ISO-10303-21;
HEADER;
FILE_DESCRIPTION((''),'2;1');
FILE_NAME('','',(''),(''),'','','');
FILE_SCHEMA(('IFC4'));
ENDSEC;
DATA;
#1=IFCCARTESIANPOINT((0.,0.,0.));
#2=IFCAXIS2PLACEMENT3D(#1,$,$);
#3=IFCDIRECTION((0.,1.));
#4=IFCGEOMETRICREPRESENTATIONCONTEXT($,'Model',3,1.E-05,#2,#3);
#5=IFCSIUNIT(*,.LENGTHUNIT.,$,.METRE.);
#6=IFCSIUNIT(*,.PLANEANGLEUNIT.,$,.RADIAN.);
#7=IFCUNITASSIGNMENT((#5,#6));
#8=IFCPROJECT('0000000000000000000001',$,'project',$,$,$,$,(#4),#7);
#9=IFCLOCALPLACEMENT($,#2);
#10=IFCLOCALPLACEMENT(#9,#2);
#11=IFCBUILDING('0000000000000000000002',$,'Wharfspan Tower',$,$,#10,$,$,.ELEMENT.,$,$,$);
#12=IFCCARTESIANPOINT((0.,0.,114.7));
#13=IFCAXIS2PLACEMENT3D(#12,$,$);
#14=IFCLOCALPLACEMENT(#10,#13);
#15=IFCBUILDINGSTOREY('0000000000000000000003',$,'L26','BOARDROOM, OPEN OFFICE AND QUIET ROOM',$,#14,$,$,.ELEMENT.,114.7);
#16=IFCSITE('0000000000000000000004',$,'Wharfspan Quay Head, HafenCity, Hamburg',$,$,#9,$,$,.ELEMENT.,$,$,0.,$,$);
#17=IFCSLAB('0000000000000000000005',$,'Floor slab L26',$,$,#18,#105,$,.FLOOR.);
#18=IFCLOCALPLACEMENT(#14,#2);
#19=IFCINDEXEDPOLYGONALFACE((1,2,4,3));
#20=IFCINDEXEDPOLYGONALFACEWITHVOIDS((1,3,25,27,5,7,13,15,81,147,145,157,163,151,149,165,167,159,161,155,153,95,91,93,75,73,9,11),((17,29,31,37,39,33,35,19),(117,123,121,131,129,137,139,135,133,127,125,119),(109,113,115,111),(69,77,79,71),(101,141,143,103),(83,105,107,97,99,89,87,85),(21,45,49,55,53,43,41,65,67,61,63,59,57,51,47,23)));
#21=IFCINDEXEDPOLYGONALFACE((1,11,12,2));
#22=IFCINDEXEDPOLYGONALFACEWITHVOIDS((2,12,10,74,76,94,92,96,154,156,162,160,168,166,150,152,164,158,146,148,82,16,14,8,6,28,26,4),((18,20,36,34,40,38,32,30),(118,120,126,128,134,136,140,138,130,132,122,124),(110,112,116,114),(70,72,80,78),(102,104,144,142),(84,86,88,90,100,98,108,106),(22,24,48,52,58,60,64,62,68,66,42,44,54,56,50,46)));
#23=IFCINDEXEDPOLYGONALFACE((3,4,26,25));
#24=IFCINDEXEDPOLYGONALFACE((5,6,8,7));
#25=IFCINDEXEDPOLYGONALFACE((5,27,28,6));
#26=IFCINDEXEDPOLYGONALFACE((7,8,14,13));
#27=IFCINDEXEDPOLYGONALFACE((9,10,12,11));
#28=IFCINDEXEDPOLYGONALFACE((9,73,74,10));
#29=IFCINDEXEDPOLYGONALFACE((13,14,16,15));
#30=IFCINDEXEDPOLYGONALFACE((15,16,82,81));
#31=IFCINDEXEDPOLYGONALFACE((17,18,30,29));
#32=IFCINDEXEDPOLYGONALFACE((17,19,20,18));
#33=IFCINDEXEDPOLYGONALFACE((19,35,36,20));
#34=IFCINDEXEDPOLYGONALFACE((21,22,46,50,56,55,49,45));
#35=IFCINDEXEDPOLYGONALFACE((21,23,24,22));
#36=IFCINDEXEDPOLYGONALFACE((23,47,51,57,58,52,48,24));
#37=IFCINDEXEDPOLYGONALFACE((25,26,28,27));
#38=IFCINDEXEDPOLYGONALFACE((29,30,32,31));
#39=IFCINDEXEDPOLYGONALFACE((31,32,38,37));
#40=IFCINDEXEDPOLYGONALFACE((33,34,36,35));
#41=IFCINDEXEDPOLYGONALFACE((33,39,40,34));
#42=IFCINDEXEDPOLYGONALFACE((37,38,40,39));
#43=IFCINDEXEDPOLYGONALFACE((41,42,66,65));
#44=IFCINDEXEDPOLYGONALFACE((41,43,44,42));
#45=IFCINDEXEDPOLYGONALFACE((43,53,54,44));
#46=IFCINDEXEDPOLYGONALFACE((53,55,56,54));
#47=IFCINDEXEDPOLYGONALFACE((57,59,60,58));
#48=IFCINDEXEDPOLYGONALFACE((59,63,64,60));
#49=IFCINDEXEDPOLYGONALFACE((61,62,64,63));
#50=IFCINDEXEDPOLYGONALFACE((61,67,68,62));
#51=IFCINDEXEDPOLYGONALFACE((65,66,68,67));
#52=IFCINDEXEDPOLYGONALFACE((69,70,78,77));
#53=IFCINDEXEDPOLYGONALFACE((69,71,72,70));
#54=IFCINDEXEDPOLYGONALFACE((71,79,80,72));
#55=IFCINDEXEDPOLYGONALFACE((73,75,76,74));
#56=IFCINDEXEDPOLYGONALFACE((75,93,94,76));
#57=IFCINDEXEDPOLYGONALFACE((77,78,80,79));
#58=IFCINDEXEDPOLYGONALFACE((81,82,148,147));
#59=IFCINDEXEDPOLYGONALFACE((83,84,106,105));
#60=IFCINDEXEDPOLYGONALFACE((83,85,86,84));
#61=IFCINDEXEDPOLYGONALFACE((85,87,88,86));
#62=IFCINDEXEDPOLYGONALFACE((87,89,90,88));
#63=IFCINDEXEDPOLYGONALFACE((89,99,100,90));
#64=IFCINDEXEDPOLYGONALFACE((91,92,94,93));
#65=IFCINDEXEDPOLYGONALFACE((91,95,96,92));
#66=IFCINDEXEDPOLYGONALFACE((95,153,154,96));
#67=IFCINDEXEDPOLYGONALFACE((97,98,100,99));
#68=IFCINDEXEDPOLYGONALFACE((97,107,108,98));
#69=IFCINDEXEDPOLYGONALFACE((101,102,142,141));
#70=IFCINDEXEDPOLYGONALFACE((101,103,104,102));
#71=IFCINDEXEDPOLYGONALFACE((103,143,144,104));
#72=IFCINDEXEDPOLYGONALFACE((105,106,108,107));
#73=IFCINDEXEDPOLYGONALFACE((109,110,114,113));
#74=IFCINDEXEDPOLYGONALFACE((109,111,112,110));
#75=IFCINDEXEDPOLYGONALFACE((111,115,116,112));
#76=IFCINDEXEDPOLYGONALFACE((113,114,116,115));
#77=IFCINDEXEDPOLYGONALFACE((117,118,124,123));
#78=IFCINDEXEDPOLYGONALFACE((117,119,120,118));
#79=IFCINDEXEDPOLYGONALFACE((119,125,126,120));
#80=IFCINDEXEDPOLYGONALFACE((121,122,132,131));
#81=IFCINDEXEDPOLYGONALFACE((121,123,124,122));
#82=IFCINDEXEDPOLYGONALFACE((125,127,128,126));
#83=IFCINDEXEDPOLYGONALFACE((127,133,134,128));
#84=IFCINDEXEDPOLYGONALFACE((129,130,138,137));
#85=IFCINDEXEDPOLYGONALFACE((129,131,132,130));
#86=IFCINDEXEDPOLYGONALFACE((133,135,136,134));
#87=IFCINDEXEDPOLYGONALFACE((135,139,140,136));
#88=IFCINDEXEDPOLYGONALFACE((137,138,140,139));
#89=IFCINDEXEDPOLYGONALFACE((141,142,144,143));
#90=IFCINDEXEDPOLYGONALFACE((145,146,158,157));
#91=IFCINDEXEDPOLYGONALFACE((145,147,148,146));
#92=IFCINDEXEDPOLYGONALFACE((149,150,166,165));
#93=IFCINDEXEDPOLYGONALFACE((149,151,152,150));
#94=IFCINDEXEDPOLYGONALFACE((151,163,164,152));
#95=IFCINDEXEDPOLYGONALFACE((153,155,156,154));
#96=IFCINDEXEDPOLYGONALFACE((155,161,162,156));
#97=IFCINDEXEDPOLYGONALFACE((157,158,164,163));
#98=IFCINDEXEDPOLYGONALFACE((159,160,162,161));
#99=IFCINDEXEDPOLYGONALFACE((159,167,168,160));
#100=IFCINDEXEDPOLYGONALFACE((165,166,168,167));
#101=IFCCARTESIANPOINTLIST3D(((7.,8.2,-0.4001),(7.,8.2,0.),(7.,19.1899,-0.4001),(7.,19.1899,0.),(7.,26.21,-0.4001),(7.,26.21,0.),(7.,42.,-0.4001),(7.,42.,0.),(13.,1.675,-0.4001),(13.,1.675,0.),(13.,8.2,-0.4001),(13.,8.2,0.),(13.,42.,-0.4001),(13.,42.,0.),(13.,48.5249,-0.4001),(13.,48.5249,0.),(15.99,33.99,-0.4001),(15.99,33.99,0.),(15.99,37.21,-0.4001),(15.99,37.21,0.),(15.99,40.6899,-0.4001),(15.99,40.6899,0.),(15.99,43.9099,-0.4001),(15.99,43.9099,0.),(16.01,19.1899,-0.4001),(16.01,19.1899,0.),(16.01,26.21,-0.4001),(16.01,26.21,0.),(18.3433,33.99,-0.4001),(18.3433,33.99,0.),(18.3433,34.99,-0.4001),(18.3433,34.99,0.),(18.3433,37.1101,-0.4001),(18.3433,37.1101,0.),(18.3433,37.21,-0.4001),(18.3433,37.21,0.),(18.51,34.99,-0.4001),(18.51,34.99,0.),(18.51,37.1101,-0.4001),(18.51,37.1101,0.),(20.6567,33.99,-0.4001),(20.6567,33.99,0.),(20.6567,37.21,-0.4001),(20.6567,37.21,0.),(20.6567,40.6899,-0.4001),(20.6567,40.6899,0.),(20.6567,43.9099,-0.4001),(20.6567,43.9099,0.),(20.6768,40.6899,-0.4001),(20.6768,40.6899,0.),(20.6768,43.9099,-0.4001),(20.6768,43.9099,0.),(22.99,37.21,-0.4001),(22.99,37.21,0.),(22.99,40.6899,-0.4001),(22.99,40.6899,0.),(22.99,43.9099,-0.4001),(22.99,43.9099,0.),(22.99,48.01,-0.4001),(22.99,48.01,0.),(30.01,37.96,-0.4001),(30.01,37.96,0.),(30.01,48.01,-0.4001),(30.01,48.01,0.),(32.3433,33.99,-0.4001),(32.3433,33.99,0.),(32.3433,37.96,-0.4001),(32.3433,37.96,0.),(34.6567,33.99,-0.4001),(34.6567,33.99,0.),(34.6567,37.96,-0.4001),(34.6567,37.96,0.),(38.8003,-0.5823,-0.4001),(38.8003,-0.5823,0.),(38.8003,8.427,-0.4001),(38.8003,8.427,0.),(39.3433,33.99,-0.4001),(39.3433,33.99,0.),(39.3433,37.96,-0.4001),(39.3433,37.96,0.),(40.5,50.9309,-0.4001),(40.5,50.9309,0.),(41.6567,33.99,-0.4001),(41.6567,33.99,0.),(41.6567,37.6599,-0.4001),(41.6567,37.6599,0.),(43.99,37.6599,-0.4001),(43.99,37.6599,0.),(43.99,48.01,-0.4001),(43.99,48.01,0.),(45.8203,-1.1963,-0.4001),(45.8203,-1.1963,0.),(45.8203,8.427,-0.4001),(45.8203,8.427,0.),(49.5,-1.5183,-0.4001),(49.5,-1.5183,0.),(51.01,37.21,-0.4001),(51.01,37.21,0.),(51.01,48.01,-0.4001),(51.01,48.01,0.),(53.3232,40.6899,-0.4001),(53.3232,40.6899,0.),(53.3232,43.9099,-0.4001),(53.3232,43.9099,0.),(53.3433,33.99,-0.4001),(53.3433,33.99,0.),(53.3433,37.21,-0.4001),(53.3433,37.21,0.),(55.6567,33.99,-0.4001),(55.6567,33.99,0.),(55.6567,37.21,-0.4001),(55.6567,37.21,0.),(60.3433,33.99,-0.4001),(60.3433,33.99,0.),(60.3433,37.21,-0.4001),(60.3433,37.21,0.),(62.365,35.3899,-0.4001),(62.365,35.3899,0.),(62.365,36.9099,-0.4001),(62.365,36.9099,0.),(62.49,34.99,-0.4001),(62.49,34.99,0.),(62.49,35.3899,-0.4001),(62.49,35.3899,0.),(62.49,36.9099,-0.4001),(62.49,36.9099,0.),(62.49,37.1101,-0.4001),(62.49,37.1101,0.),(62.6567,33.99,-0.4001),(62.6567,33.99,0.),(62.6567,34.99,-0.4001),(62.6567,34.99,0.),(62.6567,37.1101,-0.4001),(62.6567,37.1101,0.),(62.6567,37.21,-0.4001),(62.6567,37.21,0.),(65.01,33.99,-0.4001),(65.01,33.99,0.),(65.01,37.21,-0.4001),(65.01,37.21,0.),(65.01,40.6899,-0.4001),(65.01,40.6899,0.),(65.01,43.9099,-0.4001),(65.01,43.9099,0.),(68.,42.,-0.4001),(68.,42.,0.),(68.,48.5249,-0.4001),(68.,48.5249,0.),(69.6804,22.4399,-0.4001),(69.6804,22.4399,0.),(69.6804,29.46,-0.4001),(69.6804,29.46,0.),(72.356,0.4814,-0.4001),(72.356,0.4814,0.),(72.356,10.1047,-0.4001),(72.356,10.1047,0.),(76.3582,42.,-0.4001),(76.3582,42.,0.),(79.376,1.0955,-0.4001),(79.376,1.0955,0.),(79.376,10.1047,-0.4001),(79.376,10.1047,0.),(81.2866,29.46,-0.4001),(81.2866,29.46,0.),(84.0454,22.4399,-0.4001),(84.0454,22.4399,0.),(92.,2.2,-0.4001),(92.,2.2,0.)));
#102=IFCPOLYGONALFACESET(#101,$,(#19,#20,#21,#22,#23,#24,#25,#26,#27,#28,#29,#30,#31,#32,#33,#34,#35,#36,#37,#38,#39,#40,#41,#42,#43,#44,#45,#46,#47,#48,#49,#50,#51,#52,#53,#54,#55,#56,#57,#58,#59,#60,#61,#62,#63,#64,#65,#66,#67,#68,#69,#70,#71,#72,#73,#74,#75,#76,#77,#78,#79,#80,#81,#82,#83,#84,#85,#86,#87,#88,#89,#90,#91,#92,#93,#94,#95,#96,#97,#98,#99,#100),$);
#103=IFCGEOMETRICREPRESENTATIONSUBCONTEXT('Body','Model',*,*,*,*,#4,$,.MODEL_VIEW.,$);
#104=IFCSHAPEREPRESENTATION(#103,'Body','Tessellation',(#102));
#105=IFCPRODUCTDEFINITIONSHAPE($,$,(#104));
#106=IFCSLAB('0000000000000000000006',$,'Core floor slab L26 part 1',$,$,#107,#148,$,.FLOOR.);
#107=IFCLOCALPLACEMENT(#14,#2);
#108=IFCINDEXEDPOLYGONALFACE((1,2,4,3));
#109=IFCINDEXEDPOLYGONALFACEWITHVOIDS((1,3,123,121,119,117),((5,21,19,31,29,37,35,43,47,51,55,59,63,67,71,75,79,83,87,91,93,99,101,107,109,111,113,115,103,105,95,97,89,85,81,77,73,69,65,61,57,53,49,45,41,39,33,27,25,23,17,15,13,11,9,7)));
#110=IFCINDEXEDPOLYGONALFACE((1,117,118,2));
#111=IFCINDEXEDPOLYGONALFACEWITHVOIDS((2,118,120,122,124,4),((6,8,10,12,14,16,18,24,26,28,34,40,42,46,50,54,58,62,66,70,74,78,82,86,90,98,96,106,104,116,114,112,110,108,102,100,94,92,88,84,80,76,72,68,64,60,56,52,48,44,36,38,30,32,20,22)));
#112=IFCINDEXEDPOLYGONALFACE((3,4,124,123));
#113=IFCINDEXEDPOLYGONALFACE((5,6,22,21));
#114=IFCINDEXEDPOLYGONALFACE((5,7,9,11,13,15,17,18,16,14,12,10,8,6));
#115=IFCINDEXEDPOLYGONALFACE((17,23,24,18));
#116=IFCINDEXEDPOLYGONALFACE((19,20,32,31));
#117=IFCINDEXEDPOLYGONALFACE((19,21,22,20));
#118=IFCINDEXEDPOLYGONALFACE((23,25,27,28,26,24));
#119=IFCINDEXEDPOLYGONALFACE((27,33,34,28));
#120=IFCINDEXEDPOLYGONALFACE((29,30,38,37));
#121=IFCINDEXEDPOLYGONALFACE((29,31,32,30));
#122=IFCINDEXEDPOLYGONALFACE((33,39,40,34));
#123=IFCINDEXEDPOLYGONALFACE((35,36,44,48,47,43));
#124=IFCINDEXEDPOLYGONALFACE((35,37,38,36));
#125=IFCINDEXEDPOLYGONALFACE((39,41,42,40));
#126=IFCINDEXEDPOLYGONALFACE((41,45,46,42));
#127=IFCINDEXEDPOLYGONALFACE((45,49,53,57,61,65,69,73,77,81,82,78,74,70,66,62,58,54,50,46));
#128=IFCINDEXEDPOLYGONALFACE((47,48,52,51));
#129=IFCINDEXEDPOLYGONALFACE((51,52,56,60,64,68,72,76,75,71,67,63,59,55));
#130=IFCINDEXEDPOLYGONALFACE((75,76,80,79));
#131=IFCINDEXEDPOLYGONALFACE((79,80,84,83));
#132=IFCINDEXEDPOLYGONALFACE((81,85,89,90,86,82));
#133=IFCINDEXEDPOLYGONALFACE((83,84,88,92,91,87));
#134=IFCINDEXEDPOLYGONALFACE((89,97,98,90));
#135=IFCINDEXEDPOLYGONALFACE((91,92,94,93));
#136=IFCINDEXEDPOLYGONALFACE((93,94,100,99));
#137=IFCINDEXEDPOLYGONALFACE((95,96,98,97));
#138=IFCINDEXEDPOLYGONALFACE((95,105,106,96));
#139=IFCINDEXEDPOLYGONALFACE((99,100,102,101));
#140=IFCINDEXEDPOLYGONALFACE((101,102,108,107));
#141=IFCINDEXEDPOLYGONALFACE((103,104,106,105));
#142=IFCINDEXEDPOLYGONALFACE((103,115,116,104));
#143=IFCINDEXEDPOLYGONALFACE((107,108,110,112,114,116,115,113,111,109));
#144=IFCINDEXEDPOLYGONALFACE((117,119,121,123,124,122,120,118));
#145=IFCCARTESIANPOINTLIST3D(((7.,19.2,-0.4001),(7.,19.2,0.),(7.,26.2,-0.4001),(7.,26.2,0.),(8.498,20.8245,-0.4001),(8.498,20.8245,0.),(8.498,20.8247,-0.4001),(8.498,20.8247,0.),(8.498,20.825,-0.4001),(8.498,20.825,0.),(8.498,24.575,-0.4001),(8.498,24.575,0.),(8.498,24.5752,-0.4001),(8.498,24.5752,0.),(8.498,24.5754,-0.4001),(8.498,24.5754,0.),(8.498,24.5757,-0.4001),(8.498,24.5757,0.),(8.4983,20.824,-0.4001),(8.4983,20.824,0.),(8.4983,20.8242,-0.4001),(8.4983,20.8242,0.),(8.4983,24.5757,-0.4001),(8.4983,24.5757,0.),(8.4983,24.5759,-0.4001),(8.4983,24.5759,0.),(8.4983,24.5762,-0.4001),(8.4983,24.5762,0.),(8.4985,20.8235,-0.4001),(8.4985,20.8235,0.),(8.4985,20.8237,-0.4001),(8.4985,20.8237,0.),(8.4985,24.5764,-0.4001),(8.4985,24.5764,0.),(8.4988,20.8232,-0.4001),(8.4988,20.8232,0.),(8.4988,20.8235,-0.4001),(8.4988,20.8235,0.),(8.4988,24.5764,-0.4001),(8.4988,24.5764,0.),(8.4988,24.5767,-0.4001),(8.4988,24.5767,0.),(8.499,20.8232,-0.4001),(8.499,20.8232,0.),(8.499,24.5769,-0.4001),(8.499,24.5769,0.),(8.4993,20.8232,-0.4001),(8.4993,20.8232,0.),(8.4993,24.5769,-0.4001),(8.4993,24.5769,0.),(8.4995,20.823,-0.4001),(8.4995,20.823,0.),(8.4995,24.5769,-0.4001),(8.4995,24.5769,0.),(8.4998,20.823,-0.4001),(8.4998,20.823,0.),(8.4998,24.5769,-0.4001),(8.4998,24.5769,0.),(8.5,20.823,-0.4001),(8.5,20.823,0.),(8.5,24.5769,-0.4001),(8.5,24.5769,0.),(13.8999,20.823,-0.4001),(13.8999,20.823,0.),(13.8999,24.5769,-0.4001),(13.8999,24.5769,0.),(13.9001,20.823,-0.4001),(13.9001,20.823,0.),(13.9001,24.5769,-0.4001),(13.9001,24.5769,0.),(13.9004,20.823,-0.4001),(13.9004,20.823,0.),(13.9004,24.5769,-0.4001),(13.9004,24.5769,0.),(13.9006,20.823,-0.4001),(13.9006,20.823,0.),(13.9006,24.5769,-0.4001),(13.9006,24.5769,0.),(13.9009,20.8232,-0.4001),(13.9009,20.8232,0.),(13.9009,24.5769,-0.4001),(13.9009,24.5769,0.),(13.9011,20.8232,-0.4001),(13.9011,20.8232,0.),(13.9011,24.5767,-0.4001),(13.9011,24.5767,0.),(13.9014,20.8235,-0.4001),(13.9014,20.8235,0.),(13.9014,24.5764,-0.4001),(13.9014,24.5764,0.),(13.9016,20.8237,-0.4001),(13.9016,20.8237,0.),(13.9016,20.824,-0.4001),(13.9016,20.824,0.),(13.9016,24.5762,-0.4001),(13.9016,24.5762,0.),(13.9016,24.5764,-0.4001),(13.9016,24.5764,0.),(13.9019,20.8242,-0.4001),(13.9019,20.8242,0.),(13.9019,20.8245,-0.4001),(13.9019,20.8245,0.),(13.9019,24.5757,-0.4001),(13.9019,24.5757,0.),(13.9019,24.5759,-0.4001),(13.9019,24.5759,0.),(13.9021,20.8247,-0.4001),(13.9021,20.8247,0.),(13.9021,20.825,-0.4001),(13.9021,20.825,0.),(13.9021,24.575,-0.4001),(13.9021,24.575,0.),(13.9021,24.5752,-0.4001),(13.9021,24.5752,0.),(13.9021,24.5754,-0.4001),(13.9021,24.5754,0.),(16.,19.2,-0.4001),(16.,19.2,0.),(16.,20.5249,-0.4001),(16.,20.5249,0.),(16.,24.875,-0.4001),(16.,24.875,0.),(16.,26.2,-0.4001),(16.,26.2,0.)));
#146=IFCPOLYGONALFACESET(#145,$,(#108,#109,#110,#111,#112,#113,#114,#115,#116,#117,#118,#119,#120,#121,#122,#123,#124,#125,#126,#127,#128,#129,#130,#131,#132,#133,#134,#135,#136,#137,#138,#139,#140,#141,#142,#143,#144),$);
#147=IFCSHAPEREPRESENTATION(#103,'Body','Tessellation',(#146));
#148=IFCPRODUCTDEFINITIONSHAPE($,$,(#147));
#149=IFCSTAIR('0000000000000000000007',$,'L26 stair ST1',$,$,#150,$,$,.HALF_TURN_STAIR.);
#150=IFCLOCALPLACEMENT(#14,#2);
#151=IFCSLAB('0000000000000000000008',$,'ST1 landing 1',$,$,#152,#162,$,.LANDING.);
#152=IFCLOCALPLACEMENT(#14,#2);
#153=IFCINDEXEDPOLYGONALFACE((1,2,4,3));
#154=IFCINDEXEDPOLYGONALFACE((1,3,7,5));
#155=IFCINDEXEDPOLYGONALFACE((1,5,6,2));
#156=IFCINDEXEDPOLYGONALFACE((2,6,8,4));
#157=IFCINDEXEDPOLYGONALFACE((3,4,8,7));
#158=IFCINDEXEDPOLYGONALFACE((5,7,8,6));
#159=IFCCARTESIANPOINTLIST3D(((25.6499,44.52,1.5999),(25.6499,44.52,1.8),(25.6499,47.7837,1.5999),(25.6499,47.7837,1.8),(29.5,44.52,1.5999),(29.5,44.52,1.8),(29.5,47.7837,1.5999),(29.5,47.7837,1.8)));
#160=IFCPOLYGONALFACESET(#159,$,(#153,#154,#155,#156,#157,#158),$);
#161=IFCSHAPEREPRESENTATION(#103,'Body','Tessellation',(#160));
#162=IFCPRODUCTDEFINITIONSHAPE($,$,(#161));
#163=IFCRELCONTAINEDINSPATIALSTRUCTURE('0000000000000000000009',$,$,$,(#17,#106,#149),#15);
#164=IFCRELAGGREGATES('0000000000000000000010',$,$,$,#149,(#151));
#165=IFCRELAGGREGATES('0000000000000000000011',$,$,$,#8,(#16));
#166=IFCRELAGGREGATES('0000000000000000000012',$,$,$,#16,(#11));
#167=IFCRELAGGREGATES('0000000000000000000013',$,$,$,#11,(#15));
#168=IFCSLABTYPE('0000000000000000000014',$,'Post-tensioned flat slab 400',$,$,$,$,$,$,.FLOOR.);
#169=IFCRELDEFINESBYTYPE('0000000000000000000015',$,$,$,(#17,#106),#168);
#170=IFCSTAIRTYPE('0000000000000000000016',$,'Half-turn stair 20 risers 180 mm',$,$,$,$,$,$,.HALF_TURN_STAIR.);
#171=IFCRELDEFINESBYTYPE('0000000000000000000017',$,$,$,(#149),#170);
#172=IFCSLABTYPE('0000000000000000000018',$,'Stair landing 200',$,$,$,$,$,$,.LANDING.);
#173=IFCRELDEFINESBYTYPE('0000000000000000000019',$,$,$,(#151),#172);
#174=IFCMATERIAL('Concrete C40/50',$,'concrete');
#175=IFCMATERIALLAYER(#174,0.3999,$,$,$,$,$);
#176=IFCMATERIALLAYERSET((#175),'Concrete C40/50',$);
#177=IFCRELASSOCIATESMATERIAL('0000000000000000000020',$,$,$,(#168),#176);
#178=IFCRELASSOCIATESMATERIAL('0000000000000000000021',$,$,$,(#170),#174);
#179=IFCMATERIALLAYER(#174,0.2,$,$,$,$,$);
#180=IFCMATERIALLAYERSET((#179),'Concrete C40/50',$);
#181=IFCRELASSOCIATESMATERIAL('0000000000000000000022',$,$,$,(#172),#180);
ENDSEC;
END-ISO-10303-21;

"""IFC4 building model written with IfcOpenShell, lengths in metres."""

from ifc_helpers import new_model, si_unit, direction, frame, origin, place, context, subcontext, project, spatial, polyline, outline, extrude, material, layer, layer_set, type_object, element, aggregate, save


model = new_model("IFC4")

# Units and contexts
model_context = context("Model", 3, precision=1e-05, world=origin(), true_north=direction((0.0, 1.0)))
body_context = subcontext(model_context, "Body", "Model", "MODEL_VIEW")
ifc_project = project(units=[si_unit("LENGTHUNIT", "METRE"), si_unit("PLANEANGLEUNIT", "RADIAN")], contexts=[model_context])

# Site, building, storey
site_placement = place(None, origin())
site = spatial("IfcSite", under=ifc_project, at=site_placement, Name="Wharfspan Quay Head, HafenCity, Hamburg", CompositionType="ELEMENT", RefElevation=0.0)
building_placement = place(site_placement, origin())
building = spatial("IfcBuilding", under=site, at=building_placement, Name="Wharfspan Tower", CompositionType="ELEMENT")
storey_placement = place(building_placement, frame((0.0, 0.0, 114.7)))
storey = spatial("IfcBuildingStorey", under=building, at=storey_placement, Name="L26", Description="BOARDROOM, OPEN OFFICE AND QUIET ROOM", CompositionType="ELEMENT", Elevation=114.7)

# Slabs
ifc_material_1 = material(Name="Concrete C40/50", Category="concrete")
ifc_layer_1 = layer(ifc_material_1, 0.3999)
ifc_layer_set_1 = layer_set([ifc_layer_1], Name="Concrete C40/50")
slab_type_1 = type_object("IfcSlabType", Name="Post-tensioned flat slab 400", PredefinedType="FLOOR", material=ifc_layer_set_1)
slab_1_placement = place(storey_placement, frame((0.0, 0.0, -0.4001)))
element("IfcSlab", 1, at=slab_1_placement, inside=storey, type_object=slab_type_1, Name="Floor slab L26", PredefinedType="FLOOR", context=body_context, shape_type="SweptSolid", body=[
    extrude(outline(polyline([(38.8003, -0.5823), (38.8003, 8.427), (45.8203, 8.427), (45.8203, -1.1963), (49.5, -1.5183), (72.356, 0.4814), (72.356, 10.1047), (79.376, 10.1047), (79.376, 1.0955), (92.0, 2.2), (84.0454, 22.4399), (69.6804, 22.4399), (69.6804, 29.46), (81.2866, 29.46), (76.3582, 42.0), (68.0, 42.0), (68.0, 48.5249), (40.5, 50.9309), (13.0, 48.5249), (13.0, 42.0), (7.0, 42.0), (7.0, 26.21), (16.01, 26.21), (16.01, 19.1899), (7.0, 19.1899), (7.0, 8.2), (13.0, 8.2), (13.0, 1.675), (38.8003, -0.5823)]), holes=[polyline([(62.49, 35.3899), (62.365, 35.3899), (62.365, 36.9099), (62.49, 36.9099), (62.49, 37.1101), (62.6567, 37.1101), (62.6567, 37.21), (65.01, 37.21), (65.01, 33.99), (62.6567, 33.99), (62.6567, 34.99), (62.49, 34.99), (62.49, 35.3899)]), polyline([(65.01, 43.9099), (65.01, 40.6899), (53.3232, 40.6899), (53.3232, 43.9099), (65.01, 43.9099)]), polyline([(55.6567, 33.99), (55.6567, 37.21), (60.3433, 37.21), (60.3433, 33.99), (55.6567, 33.99)]), polyline([(43.99, 37.6599), (43.99, 48.01), (51.01, 48.01), (51.01, 37.21), (53.3433, 37.21), (53.3433, 33.99), (41.6567, 33.99), (41.6567, 37.6599), (43.99, 37.6599)]), polyline([(34.6567, 33.99), (34.6567, 37.96), (39.3433, 37.96), (39.3433, 33.99), (34.6567, 33.99)]), polyline([(20.6567, 37.21), (22.99, 37.21), (22.99, 40.6899), (20.6768, 40.6899), (20.6567, 40.6899), (15.99, 40.6899), (15.99, 43.9099), (20.6567, 43.9099), (20.6768, 43.9099), (22.99, 43.9099), (22.99, 48.01), (30.01, 48.01), (30.01, 37.96), (32.3433, 37.96), (32.3433, 33.99), (20.6567, 33.99), (20.6567, 37.21)]), polyline([(18.51, 34.99), (18.3433, 34.99), (18.3433, 33.99), (15.99, 33.99), (15.99, 37.21), (18.3433, 37.21), (18.3433, 37.1101), (18.51, 37.1101), (18.51, 34.99)])]), origin(), (0.0, 0.0, 1.0), 0.4001),
])
slab_2_placement = place(storey_placement, frame((0.0, 0.0, -0.4001)))
element("IfcSlab", 2, at=slab_2_placement, inside=storey, type_object=slab_type_1, Name="Core floor slab L26 part 1", PredefinedType="FLOOR", context=body_context, shape_type="SweptSolid", body=[
    extrude(outline(polyline([(16.0, 20.5249), (16.0, 24.875), (16.0, 26.2), (7.0, 26.2), (7.0, 19.2), (16.0, 19.2), (16.0, 20.5249)]), holes=[polyline([(13.9021, 20.825), (13.9021, 20.8247), (13.9021, 20.8247), (13.9019, 20.8245), (13.9019, 20.8242), (13.9019, 20.8242), (13.9016, 20.824), (13.9016, 20.8237), (13.9014, 20.8235), (13.9014, 20.8235), (13.9011, 20.8232), (13.9009, 20.8232), (13.9009, 20.8232), (13.9006, 20.823), (13.9004, 20.823), (13.9001, 20.823), (13.8999, 20.823), (8.5, 20.823), (8.4998, 20.823), (8.4995, 20.823), (8.4995, 20.823), (8.4993, 20.8232), (8.499, 20.8232), (8.4988, 20.8232), (8.4988, 20.8235), (8.4985, 20.8235), (8.4985, 20.8237), (8.4983, 20.824), (8.4983, 20.8242), (8.4983, 20.8242), (8.498, 20.8245), (8.498, 20.8247), (8.498, 20.8247), (8.498, 20.825), (8.498, 24.575), (8.498, 24.5752), (8.498, 24.5754), (8.498, 24.5757), (8.4983, 24.5757), (8.4983, 24.5759), (8.4983, 24.5762), (8.4985, 24.5764), (8.4985, 24.5764), (8.4988, 24.5764), (8.4988, 24.5767), (8.499, 24.5769), (8.4993, 24.5769), (8.4995, 24.5769), (8.4995, 24.5769), (8.4998, 24.5769), (8.5, 24.5769), (13.8999, 24.5769), (13.9001, 24.5769), (13.9004, 24.5769), (13.9006, 24.5769), (13.9009, 24.5769), (13.9009, 24.5769), (13.9011, 24.5767), (13.9014, 24.5764), (13.9014, 24.5764), (13.9016, 24.5764), (13.9016, 24.5762), (13.9019, 24.5759), (13.9019, 24.5757), (13.9019, 24.5757), (13.9021, 24.5754), (13.9021, 24.5752), (13.9021, 24.575), (13.9021, 20.825)])]), origin(), (0.0, 0.0, 1.0), 0.4001),
])

# Stair, slab
stair_type = type_object("IfcStairType", Name="Half-turn stair 20 risers 180 mm", PredefinedType="HALF_TURN_STAIR", material=ifc_material_1)
stair_1_placement = place(storey_placement, origin())
stair_1 = element("IfcStair", 3, at=stair_1_placement, inside=storey, type_object=stair_type, Name="L26 stair ST1", PredefinedType="HALF_TURN_STAIR")
ifc_layer_2 = layer(ifc_material_1, 0.2)
ifc_layer_set_2 = layer_set([ifc_layer_2], Name="Concrete C40/50")
slab_type_2 = type_object("IfcSlabType", Name="Stair landing 200", PredefinedType="LANDING", material=ifc_layer_set_2)
slab_3_placement = place(storey_placement, frame((0.0, 0.0, 1.5999)))
slab_3 = element("IfcSlab", 4, at=slab_3_placement, type_object=slab_type_2, Name="ST1 landing 1", PredefinedType="LANDING", context=body_context, shape_type="SweptSolid", body=[
    extrude(outline(polyline([(25.6499, 44.52), (29.5, 44.52), (29.5, 47.7837), (25.6499, 47.7837), (25.6499, 44.52)])), origin(), (0.0, 0.0, 1.0), 0.2002),
])
aggregate(stair_1, [slab_3])

save(model, "model.ifc")
